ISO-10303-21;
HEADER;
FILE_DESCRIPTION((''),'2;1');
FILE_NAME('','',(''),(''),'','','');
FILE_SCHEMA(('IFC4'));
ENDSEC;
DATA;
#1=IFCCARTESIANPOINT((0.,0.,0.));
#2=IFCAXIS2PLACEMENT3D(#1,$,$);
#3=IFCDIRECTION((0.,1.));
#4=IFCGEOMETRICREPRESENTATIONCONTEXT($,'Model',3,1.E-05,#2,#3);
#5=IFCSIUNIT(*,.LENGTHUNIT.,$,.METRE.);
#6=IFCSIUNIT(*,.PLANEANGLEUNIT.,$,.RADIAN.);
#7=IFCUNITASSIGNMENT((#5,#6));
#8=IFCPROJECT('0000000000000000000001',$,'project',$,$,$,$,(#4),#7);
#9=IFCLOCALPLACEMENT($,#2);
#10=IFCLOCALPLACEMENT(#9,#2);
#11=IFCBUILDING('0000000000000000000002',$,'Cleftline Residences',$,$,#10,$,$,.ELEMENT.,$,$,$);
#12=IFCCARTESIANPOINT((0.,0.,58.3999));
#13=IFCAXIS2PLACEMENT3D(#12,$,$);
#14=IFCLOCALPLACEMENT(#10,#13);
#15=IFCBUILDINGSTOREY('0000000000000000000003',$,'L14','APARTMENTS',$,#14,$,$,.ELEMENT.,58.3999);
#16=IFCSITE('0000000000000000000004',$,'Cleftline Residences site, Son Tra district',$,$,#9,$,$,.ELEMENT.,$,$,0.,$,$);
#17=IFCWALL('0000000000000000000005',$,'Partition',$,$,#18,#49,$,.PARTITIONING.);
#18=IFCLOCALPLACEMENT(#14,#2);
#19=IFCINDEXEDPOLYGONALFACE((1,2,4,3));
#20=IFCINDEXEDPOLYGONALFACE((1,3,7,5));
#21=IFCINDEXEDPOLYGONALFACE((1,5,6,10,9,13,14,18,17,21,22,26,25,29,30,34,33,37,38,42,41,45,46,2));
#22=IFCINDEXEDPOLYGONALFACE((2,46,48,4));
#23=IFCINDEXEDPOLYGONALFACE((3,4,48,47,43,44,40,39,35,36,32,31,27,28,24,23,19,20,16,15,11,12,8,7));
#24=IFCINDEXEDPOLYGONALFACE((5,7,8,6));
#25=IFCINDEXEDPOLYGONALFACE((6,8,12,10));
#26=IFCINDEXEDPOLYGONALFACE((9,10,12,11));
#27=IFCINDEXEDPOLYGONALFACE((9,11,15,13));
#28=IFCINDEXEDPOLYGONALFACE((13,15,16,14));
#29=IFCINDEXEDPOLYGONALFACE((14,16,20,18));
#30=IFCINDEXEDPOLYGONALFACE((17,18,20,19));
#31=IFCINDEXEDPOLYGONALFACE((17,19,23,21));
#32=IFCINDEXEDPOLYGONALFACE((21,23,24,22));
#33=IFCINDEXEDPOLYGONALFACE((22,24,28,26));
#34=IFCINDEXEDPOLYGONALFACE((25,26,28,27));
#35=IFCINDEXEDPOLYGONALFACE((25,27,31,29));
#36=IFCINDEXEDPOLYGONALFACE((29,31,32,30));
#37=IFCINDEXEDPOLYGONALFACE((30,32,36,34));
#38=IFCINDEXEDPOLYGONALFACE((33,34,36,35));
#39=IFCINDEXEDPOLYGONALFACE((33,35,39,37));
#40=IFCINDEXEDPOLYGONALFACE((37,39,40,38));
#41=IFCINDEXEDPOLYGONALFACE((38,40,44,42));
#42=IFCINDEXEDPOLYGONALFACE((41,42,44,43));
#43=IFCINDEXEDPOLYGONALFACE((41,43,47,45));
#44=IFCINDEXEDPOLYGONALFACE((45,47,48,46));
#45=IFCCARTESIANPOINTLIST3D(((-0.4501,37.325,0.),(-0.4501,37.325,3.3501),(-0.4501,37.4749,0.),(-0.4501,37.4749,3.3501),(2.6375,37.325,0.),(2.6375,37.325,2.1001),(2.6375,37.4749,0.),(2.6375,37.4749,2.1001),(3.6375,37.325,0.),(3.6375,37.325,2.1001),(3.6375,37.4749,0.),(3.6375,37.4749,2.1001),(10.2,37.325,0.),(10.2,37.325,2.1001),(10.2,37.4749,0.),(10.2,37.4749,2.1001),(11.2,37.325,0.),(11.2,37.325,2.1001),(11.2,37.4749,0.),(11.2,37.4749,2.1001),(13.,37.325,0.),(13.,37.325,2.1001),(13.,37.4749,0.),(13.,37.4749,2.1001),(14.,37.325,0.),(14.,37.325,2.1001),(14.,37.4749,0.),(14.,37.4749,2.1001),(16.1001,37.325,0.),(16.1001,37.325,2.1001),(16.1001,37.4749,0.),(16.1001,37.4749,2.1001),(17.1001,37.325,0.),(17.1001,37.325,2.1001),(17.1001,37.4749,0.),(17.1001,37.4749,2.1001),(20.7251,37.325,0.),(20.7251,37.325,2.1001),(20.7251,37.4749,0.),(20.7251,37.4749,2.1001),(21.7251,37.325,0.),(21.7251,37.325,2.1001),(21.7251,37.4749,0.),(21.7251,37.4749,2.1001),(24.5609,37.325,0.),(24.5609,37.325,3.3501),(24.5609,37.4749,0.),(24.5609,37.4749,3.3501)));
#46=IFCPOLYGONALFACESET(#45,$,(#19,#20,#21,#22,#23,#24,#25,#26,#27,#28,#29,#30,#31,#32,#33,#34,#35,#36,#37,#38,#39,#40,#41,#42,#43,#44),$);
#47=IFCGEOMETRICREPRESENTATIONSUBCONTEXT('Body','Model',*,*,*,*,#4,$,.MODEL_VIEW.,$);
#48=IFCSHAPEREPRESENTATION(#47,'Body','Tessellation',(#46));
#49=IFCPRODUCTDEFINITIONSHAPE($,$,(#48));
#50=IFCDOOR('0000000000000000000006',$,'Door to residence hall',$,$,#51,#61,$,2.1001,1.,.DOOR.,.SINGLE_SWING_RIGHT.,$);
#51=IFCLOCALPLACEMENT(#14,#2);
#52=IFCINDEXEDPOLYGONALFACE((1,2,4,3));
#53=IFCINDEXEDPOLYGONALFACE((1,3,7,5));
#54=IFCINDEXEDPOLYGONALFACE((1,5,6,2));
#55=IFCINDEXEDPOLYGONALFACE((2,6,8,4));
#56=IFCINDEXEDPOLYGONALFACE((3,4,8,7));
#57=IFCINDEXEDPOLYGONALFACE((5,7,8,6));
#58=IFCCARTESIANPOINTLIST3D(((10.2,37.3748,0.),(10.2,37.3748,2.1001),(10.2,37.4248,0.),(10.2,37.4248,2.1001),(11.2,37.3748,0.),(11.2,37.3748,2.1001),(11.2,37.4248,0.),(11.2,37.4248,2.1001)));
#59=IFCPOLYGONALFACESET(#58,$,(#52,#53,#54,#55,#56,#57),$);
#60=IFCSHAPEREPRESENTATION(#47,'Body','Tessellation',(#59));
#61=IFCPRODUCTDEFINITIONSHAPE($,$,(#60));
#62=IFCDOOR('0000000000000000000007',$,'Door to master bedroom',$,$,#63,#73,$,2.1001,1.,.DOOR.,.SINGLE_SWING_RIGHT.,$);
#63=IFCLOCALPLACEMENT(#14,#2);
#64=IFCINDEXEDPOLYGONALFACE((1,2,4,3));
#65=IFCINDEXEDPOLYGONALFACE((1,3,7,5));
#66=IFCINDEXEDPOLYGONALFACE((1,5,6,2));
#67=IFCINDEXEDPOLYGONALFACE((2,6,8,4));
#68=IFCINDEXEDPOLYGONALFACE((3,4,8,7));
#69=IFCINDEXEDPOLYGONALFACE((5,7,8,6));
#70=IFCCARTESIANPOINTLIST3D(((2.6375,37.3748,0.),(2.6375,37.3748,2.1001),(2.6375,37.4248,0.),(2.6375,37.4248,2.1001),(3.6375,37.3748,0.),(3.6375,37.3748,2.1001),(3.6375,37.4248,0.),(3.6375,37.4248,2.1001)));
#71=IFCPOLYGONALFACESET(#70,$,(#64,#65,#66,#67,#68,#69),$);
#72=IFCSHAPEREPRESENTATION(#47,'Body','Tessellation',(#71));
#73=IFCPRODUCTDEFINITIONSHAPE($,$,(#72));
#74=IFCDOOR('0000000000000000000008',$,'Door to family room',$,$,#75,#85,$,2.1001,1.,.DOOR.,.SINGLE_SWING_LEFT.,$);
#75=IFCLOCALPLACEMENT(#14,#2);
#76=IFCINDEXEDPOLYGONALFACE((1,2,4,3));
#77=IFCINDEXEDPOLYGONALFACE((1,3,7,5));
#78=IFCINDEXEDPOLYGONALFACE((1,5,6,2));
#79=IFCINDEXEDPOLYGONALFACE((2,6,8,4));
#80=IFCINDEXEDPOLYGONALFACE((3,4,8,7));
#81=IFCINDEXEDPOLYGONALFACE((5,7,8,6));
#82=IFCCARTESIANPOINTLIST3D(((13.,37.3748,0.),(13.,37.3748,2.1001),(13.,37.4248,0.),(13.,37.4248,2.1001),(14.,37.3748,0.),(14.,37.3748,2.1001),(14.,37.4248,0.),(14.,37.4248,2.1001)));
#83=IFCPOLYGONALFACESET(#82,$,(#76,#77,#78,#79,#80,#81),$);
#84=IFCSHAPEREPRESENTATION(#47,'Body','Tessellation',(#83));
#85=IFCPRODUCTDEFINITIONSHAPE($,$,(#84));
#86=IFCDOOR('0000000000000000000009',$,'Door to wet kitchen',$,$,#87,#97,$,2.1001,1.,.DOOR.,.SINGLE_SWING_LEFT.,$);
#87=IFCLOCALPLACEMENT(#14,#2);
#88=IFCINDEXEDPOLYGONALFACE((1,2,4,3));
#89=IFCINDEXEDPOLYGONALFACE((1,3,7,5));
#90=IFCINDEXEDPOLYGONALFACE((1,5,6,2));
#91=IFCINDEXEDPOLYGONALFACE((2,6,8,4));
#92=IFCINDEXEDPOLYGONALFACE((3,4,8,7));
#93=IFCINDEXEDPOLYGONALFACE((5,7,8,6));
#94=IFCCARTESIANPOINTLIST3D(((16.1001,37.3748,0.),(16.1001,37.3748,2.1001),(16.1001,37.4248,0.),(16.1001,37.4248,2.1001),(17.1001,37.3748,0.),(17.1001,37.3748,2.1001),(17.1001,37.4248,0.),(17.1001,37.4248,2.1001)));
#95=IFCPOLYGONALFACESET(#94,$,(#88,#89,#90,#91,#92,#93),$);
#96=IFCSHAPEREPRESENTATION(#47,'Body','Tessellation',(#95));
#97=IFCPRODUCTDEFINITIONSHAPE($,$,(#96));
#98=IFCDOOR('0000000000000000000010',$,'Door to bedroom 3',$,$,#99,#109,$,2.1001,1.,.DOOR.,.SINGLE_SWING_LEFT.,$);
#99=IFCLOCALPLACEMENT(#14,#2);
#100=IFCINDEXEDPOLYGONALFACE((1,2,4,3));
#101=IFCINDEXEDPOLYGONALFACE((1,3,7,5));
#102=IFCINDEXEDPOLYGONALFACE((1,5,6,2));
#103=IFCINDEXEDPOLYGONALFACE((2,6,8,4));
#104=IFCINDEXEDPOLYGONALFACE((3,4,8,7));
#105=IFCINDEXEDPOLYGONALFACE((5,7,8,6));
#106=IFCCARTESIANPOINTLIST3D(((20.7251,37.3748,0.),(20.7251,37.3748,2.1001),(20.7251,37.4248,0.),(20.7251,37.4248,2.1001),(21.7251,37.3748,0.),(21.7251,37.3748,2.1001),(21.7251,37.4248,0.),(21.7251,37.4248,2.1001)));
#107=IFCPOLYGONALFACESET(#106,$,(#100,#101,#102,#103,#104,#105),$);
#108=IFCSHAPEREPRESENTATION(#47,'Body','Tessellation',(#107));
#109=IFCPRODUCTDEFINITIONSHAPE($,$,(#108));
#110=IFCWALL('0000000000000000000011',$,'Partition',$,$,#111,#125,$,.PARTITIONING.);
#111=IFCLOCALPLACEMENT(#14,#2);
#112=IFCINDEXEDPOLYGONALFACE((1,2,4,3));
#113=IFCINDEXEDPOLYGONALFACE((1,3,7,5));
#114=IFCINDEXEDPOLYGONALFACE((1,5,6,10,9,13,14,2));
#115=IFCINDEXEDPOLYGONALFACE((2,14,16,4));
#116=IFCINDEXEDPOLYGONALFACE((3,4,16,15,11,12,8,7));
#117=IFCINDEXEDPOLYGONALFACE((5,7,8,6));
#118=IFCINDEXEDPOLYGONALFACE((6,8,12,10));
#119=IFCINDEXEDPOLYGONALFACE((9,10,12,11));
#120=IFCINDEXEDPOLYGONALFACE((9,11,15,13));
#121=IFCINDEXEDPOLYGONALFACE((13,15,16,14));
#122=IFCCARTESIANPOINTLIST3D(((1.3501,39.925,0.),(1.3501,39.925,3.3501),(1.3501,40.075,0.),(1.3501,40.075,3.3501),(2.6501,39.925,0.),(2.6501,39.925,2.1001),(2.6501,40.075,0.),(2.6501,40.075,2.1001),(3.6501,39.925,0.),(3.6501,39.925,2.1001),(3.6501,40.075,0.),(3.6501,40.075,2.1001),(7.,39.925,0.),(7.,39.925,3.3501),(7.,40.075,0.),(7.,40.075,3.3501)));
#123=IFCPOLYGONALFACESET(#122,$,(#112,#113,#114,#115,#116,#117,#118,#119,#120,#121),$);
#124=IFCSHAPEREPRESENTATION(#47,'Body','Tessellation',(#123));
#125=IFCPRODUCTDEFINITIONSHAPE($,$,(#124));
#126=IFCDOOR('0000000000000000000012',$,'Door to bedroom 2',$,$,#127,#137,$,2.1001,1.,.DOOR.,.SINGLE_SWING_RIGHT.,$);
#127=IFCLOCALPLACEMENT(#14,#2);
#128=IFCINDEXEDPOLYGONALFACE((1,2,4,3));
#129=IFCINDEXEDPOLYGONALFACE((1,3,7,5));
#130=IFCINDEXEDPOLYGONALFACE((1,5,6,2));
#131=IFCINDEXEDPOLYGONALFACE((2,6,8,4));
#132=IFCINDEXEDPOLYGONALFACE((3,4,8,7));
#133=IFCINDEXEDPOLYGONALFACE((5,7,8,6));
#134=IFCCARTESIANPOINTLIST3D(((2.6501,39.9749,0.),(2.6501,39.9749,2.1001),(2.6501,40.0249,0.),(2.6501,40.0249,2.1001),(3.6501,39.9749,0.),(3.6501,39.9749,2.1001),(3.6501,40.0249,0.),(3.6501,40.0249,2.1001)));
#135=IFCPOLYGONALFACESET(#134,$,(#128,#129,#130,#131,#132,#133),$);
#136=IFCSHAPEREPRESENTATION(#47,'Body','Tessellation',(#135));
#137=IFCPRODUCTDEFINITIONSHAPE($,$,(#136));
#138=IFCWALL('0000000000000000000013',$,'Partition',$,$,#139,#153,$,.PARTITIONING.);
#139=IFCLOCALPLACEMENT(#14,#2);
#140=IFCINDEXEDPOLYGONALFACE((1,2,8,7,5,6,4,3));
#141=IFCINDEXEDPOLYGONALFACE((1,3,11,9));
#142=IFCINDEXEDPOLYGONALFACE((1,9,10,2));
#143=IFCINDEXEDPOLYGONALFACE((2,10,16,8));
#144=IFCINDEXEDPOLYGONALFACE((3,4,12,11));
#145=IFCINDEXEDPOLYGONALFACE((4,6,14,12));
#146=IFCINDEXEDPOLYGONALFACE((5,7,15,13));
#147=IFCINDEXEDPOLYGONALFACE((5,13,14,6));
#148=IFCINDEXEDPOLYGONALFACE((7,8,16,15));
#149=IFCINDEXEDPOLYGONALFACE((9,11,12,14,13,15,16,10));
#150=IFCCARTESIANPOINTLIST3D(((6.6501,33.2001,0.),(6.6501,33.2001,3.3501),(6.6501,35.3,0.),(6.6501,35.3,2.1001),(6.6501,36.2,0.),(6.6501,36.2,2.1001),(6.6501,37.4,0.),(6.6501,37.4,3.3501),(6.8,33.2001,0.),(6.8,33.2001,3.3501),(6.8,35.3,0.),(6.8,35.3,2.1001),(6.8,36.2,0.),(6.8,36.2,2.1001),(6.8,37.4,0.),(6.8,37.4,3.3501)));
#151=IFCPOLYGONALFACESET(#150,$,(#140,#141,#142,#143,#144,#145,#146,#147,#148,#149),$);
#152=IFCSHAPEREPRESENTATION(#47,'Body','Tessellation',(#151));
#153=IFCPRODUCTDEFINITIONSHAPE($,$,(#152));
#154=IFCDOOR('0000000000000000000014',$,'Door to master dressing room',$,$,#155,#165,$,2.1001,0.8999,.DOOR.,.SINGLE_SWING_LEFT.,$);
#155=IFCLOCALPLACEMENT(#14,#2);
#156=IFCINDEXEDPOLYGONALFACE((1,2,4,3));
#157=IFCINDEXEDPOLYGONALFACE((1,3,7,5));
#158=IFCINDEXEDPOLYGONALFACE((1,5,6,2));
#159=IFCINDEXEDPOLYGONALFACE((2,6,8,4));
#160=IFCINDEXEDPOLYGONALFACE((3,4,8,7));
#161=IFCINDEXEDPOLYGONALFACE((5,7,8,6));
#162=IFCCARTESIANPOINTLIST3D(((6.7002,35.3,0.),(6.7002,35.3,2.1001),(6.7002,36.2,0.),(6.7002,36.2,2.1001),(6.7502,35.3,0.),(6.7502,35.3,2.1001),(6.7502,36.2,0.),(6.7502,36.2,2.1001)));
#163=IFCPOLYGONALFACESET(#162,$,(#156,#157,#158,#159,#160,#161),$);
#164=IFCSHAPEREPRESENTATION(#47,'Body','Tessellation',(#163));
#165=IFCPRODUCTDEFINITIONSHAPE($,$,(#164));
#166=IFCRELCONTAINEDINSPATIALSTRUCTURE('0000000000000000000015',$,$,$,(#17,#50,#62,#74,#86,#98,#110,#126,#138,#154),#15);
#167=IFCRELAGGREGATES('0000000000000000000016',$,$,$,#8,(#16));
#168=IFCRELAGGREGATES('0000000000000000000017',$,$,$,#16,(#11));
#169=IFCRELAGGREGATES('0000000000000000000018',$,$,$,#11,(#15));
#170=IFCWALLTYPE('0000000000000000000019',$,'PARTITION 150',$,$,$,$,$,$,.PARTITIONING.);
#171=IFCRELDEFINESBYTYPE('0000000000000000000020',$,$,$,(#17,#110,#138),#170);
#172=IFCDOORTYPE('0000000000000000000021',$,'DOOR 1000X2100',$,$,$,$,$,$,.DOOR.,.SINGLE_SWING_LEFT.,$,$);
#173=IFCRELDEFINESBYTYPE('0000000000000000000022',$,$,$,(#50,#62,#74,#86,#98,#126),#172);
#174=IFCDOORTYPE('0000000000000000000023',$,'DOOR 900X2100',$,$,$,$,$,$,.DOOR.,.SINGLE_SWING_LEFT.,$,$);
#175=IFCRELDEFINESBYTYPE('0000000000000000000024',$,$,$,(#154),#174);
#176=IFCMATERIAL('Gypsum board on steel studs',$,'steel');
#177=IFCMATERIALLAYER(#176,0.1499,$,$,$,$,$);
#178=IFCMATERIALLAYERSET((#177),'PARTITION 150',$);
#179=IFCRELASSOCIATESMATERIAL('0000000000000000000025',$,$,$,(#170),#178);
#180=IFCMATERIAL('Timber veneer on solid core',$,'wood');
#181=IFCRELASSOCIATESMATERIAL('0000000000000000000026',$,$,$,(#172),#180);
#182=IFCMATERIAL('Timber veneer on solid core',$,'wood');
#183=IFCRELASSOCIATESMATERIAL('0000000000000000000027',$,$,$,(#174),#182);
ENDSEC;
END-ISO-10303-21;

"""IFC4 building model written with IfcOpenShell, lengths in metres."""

from ifc_helpers import new_model, si_unit, direction, frame, frame_2d, origin, place, context, subcontext, project, spatial, rectangle, extrude, material, layer, layer_set, type_object, element, fill, save


model = new_model("IFC4")

# Units and contexts
model_context = context("Model", 3, precision=1e-05, world=origin(), true_north=direction((0.0, 1.0)))
body_context = subcontext(model_context, "Body", "Model", "MODEL_VIEW")
ifc_project = project(units=[si_unit("LENGTHUNIT", "METRE"), si_unit("PLANEANGLEUNIT", "RADIAN")], contexts=[model_context])

# Site, building, storey
site_placement = place(None, origin())
site = spatial("IfcSite", under=ifc_project, at=site_placement, Name="Cleftline Residences site, Son Tra district", CompositionType="ELEMENT", RefElevation=0.0)
building_placement = place(site_placement, origin())
building = spatial("IfcBuilding", under=site, at=building_placement, Name="Cleftline Residences", CompositionType="ELEMENT")
storey_placement = place(building_placement, frame((0.0, 0.0, 58.3999)))
storey = spatial("IfcBuildingStorey", under=building, at=storey_placement, Name="L14", Description="APARTMENTS", CompositionType="ELEMENT", Elevation=58.3999)

# Shared definitions
ifc_material_1 = material(Name="Gypsum board on steel studs", Category="steel")
ifc_layer = layer(ifc_material_1, 0.1499)
ifc_layer_set = layer_set([ifc_layer], Name="PARTITION 150")
wall_type = type_object("IfcWallType", Name="PARTITION 150", PredefinedType="PARTITIONING", material=ifc_layer_set)

# Wall, openings, doors
wall_1_placement = place(storey_placement, frame((-0.45, 37.3999, 0.0), z_axis=(0.0, 0.0, 1.0), x_axis=(1.0, 0.0, 0.0)))
wall_1 = element("IfcWall", 1, at=wall_1_placement, inside=storey, type_object=wall_type, Name="Partition", PredefinedType="PARTITIONING", context=body_context, shape_type="SweptSolid", body=[
    extrude(rectangle(XDim=25.011, YDim=0.1499, at=frame_2d((12.5054, 0.0))), origin(), (0.0, 0.0, 1.0), 3.3501),
])
opening_1_placement = place(wall_1_placement, frame((10.6499, 0.0, 0.0)))
opening_1 = element("IfcOpeningElement", 2, at=opening_1_placement, cuts=wall_1, PredefinedType="OPENING", context=body_context, shape_type="SweptSolid", body=[
    extrude(rectangle(XDim=1.0, YDim=2.1001, at=frame_2d((0.5, 1.05))), frame((0.0, 0.085, 0.0), z_axis=(0.0, -1.0, 0.0), x_axis=(1.0, 0.0, 0.0)), (0.0, 0.0, 1.0), 0.1699),
])
opening_2_placement = place(wall_1_placement, frame((3.0874, 0.0, 0.0)))
opening_2 = element("IfcOpeningElement", 3, at=opening_2_placement, cuts=wall_1, PredefinedType="OPENING", context=body_context, shape_type="SweptSolid", body=[
    extrude(rectangle(XDim=1.0, YDim=2.1001, at=frame_2d((0.5, 1.05))), frame((0.0, 0.085, 0.0), z_axis=(0.0, -1.0, 0.0), x_axis=(1.0, 0.0, 0.0)), (0.0, 0.0, 1.0), 0.1699),
])
opening_3_placement = place(wall_1_placement, frame((13.45, 0.0, 0.0)))
opening_3 = element("IfcOpeningElement", 4, at=opening_3_placement, cuts=wall_1, PredefinedType="OPENING", context=body_context, shape_type="SweptSolid", body=[
    extrude(rectangle(XDim=1.0, YDim=2.1001, at=frame_2d((0.5, 1.05))), frame((0.0, 0.085, 0.0), z_axis=(0.0, -1.0, 0.0), x_axis=(1.0, 0.0, 0.0)), (0.0, 0.0, 1.0), 0.1699),
])
opening_4_placement = place(wall_1_placement, frame((16.55, 0.0, 0.0)))
opening_4 = element("IfcOpeningElement", 5, at=opening_4_placement, cuts=wall_1, PredefinedType="OPENING", context=body_context, shape_type="SweptSolid", body=[
    extrude(rectangle(XDim=1.0, YDim=2.1001, at=frame_2d((0.5, 1.05))), frame((0.0, 0.085, 0.0), z_axis=(0.0, -1.0, 0.0), x_axis=(1.0, 0.0, 0.0)), (0.0, 0.0, 1.0), 0.1699),
])
opening_5_placement = place(wall_1_placement, frame((21.175, 0.0, 0.0)))
opening_5 = element("IfcOpeningElement", 6, at=opening_5_placement, cuts=wall_1, PredefinedType="OPENING", context=body_context, shape_type="SweptSolid", body=[
    extrude(rectangle(XDim=1.0, YDim=2.1001, at=frame_2d((0.5, 1.05))), frame((0.0, 0.085, 0.0), z_axis=(0.0, -1.0, 0.0), x_axis=(1.0, 0.0, 0.0)), (0.0, 0.0, 1.0), 0.1699),
])
ifc_material_2 = material(Name="Timber veneer on solid core", Category="wood")
door_type_1 = type_object("IfcDoorType", Name="DOOR 1000X2100", OperationType="SINGLE_SWING_LEFT", PredefinedType="DOOR", material=ifc_material_2)
door_1_placement = place(opening_1_placement, origin())
door_1 = element("IfcDoor", 7, at=door_1_placement, inside=storey, type_object=door_type_1, Name="Door to residence hall", OperationType="SINGLE_SWING_RIGHT", OverallHeight=2.1001, OverallWidth=1.0, PredefinedType="DOOR", context=body_context, shape_type="SweptSolid", body=[
    extrude(rectangle(XDim=1.0, YDim=2.1001, at=frame_2d((0.5, 1.05))), frame((0.0, 0.0249, 0.0), z_axis=(0.0, -1.0, 0.0), x_axis=(1.0, 0.0, 0.0)), (0.0, 0.0, 1.0), 0.05),
])
fill(opening_1, door_1)
door_2_placement = place(opening_2_placement, origin())
door_2 = element("IfcDoor", 8, at=door_2_placement, inside=storey, type_object=door_type_1, Name="Door to master bedroom", OperationType="SINGLE_SWING_RIGHT", OverallHeight=2.1001, OverallWidth=1.0, PredefinedType="DOOR", context=body_context, shape_type="SweptSolid", body=[
    extrude(rectangle(XDim=1.0, YDim=2.1001, at=frame_2d((0.5, 1.05))), frame((0.0, 0.0249, 0.0), z_axis=(0.0, -1.0, 0.0), x_axis=(1.0, 0.0, 0.0)), (0.0, 0.0, 1.0), 0.05),
])
fill(opening_2, door_2)
door_3_placement = place(opening_3_placement, origin())
door_3 = element("IfcDoor", 9, at=door_3_placement, inside=storey, type_object=door_type_1, Name="Door to family room", OperationType="SINGLE_SWING_LEFT", OverallHeight=2.1001, OverallWidth=1.0, PredefinedType="DOOR", context=body_context, shape_type="SweptSolid", body=[
    extrude(rectangle(XDim=1.0, YDim=2.1001, at=frame_2d((0.5, 1.05))), frame((0.0, 0.0249, 0.0), z_axis=(0.0, -1.0, 0.0), x_axis=(1.0, 0.0, 0.0)), (0.0, 0.0, 1.0), 0.05),
])
fill(opening_3, door_3)
door_4_placement = place(opening_4_placement, origin())
door_4 = element("IfcDoor", 10, at=door_4_placement, inside=storey, type_object=door_type_1, Name="Door to wet kitchen", OperationType="SINGLE_SWING_LEFT", OverallHeight=2.1001, OverallWidth=1.0, PredefinedType="DOOR", context=body_context, shape_type="SweptSolid", body=[
    extrude(rectangle(XDim=1.0, YDim=2.1001, at=frame_2d((0.5, 1.05))), frame((0.0, 0.0249, 0.0), z_axis=(0.0, -1.0, 0.0), x_axis=(1.0, 0.0, 0.0)), (0.0, 0.0, 1.0), 0.05),
])
fill(opening_4, door_4)
door_5_placement = place(opening_5_placement, origin())
door_5 = element("IfcDoor", 11, at=door_5_placement, inside=storey, type_object=door_type_1, Name="Door to bedroom 3", OperationType="SINGLE_SWING_LEFT", OverallHeight=2.1001, OverallWidth=1.0, PredefinedType="DOOR", context=body_context, shape_type="SweptSolid", body=[
    extrude(rectangle(XDim=1.0, YDim=2.1001, at=frame_2d((0.5, 1.05))), frame((0.0, 0.0249, 0.0), z_axis=(0.0, -1.0, 0.0), x_axis=(1.0, 0.0, 0.0)), (0.0, 0.0, 1.0), 0.05),
])
fill(opening_5, door_5)

# Walls, openings, doors
wall_2_placement = place(storey_placement, frame((1.3501, 40.0, 0.0), z_axis=(0.0, 0.0, 1.0), x_axis=(1.0, 0.0, 0.0)))
wall_2 = element("IfcWall", 12, at=wall_2_placement, inside=storey, type_object=wall_type, Name="Partition", PredefinedType="PARTITIONING", context=body_context, shape_type="SweptSolid", body=[
    extrude(rectangle(XDim=5.6499, YDim=0.1499, at=frame_2d((2.825, 0.0))), origin(), (0.0, 0.0, 1.0), 3.3501),
])
opening_6_placement = place(wall_2_placement, frame((1.3, 0.0, 0.0)))
opening_6 = element("IfcOpeningElement", 13, at=opening_6_placement, cuts=wall_2, PredefinedType="OPENING", context=body_context, shape_type="SweptSolid", body=[
    extrude(rectangle(XDim=1.0, YDim=2.1001, at=frame_2d((0.5, 1.05))), frame((0.0, 0.085, 0.0), z_axis=(0.0, -1.0, 0.0), x_axis=(1.0, 0.0, 0.0)), (0.0, 0.0, 1.0), 0.1699),
])
door_6_placement = place(opening_6_placement, origin())
door_6 = element("IfcDoor", 14, at=door_6_placement, inside=storey, type_object=door_type_1, Name="Door to bedroom 2", OperationType="SINGLE_SWING_RIGHT", OverallHeight=2.1001, OverallWidth=1.0, PredefinedType="DOOR", context=body_context, shape_type="SweptSolid", body=[
    extrude(rectangle(XDim=1.0, YDim=2.1001, at=frame_2d((0.5, 1.05))), frame((0.0, 0.0249, 0.0), z_axis=(0.0, -1.0, 0.0), x_axis=(1.0, 0.0, 0.0)), (0.0, 0.0, 1.0), 0.05),
])
fill(opening_6, door_6)
wall_3_placement = place(storey_placement, frame((6.7251, 33.2, 0.0), z_axis=(0.0, 0.0, 1.0), x_axis=(0.0, 1.0, 0.0)))
wall_3 = element("IfcWall", 15, at=wall_3_placement, inside=storey, type_object=wall_type, Name="Partition", PredefinedType="PARTITIONING", context=body_context, shape_type="SweptSolid", body=[
    extrude(rectangle(XDim=4.2, YDim=0.1499, at=frame_2d((2.1001, 0.0))), origin(), (0.0, 0.0, 1.0), 3.3501),
])
opening_7_placement = place(wall_3_placement, frame((2.1001, 0.0, 0.0)))
opening_7 = element("IfcOpeningElement", 16, at=opening_7_placement, cuts=wall_3, PredefinedType="OPENING", context=body_context, shape_type="SweptSolid", body=[
    extrude(rectangle(XDim=0.8999, YDim=2.1001, at=frame_2d((0.45, 1.05))), frame((0.0, 0.085, 0.0), z_axis=(0.0, -1.0, 0.0), x_axis=(1.0, 0.0, 0.0)), (0.0, 0.0, 1.0), 0.1699),
])
ifc_material_3 = material(Name="Timber veneer on solid core", Category="wood")
door_type_2 = type_object("IfcDoorType", Name="DOOR 900X2100", OperationType="SINGLE_SWING_LEFT", PredefinedType="DOOR", material=ifc_material_3)
door_7_placement = place(opening_7_placement, origin())
door_7 = element("IfcDoor", 17, at=door_7_placement, inside=storey, type_object=door_type_2, Name="Door to master dressing room", OperationType="SINGLE_SWING_LEFT", OverallHeight=2.1001, OverallWidth=0.8999, PredefinedType="DOOR", context=body_context, shape_type="SweptSolid", body=[
    extrude(rectangle(XDim=0.8999, YDim=2.1001, at=frame_2d((0.45, 1.05))), frame((0.0, 0.0249, 0.0), z_axis=(0.0, -1.0, 0.0), x_axis=(1.0, 0.0, 0.0)), (0.0, 0.0, 1.0), 0.05),
])
fill(opening_7, door_7)

save(model, "model.ifc")
